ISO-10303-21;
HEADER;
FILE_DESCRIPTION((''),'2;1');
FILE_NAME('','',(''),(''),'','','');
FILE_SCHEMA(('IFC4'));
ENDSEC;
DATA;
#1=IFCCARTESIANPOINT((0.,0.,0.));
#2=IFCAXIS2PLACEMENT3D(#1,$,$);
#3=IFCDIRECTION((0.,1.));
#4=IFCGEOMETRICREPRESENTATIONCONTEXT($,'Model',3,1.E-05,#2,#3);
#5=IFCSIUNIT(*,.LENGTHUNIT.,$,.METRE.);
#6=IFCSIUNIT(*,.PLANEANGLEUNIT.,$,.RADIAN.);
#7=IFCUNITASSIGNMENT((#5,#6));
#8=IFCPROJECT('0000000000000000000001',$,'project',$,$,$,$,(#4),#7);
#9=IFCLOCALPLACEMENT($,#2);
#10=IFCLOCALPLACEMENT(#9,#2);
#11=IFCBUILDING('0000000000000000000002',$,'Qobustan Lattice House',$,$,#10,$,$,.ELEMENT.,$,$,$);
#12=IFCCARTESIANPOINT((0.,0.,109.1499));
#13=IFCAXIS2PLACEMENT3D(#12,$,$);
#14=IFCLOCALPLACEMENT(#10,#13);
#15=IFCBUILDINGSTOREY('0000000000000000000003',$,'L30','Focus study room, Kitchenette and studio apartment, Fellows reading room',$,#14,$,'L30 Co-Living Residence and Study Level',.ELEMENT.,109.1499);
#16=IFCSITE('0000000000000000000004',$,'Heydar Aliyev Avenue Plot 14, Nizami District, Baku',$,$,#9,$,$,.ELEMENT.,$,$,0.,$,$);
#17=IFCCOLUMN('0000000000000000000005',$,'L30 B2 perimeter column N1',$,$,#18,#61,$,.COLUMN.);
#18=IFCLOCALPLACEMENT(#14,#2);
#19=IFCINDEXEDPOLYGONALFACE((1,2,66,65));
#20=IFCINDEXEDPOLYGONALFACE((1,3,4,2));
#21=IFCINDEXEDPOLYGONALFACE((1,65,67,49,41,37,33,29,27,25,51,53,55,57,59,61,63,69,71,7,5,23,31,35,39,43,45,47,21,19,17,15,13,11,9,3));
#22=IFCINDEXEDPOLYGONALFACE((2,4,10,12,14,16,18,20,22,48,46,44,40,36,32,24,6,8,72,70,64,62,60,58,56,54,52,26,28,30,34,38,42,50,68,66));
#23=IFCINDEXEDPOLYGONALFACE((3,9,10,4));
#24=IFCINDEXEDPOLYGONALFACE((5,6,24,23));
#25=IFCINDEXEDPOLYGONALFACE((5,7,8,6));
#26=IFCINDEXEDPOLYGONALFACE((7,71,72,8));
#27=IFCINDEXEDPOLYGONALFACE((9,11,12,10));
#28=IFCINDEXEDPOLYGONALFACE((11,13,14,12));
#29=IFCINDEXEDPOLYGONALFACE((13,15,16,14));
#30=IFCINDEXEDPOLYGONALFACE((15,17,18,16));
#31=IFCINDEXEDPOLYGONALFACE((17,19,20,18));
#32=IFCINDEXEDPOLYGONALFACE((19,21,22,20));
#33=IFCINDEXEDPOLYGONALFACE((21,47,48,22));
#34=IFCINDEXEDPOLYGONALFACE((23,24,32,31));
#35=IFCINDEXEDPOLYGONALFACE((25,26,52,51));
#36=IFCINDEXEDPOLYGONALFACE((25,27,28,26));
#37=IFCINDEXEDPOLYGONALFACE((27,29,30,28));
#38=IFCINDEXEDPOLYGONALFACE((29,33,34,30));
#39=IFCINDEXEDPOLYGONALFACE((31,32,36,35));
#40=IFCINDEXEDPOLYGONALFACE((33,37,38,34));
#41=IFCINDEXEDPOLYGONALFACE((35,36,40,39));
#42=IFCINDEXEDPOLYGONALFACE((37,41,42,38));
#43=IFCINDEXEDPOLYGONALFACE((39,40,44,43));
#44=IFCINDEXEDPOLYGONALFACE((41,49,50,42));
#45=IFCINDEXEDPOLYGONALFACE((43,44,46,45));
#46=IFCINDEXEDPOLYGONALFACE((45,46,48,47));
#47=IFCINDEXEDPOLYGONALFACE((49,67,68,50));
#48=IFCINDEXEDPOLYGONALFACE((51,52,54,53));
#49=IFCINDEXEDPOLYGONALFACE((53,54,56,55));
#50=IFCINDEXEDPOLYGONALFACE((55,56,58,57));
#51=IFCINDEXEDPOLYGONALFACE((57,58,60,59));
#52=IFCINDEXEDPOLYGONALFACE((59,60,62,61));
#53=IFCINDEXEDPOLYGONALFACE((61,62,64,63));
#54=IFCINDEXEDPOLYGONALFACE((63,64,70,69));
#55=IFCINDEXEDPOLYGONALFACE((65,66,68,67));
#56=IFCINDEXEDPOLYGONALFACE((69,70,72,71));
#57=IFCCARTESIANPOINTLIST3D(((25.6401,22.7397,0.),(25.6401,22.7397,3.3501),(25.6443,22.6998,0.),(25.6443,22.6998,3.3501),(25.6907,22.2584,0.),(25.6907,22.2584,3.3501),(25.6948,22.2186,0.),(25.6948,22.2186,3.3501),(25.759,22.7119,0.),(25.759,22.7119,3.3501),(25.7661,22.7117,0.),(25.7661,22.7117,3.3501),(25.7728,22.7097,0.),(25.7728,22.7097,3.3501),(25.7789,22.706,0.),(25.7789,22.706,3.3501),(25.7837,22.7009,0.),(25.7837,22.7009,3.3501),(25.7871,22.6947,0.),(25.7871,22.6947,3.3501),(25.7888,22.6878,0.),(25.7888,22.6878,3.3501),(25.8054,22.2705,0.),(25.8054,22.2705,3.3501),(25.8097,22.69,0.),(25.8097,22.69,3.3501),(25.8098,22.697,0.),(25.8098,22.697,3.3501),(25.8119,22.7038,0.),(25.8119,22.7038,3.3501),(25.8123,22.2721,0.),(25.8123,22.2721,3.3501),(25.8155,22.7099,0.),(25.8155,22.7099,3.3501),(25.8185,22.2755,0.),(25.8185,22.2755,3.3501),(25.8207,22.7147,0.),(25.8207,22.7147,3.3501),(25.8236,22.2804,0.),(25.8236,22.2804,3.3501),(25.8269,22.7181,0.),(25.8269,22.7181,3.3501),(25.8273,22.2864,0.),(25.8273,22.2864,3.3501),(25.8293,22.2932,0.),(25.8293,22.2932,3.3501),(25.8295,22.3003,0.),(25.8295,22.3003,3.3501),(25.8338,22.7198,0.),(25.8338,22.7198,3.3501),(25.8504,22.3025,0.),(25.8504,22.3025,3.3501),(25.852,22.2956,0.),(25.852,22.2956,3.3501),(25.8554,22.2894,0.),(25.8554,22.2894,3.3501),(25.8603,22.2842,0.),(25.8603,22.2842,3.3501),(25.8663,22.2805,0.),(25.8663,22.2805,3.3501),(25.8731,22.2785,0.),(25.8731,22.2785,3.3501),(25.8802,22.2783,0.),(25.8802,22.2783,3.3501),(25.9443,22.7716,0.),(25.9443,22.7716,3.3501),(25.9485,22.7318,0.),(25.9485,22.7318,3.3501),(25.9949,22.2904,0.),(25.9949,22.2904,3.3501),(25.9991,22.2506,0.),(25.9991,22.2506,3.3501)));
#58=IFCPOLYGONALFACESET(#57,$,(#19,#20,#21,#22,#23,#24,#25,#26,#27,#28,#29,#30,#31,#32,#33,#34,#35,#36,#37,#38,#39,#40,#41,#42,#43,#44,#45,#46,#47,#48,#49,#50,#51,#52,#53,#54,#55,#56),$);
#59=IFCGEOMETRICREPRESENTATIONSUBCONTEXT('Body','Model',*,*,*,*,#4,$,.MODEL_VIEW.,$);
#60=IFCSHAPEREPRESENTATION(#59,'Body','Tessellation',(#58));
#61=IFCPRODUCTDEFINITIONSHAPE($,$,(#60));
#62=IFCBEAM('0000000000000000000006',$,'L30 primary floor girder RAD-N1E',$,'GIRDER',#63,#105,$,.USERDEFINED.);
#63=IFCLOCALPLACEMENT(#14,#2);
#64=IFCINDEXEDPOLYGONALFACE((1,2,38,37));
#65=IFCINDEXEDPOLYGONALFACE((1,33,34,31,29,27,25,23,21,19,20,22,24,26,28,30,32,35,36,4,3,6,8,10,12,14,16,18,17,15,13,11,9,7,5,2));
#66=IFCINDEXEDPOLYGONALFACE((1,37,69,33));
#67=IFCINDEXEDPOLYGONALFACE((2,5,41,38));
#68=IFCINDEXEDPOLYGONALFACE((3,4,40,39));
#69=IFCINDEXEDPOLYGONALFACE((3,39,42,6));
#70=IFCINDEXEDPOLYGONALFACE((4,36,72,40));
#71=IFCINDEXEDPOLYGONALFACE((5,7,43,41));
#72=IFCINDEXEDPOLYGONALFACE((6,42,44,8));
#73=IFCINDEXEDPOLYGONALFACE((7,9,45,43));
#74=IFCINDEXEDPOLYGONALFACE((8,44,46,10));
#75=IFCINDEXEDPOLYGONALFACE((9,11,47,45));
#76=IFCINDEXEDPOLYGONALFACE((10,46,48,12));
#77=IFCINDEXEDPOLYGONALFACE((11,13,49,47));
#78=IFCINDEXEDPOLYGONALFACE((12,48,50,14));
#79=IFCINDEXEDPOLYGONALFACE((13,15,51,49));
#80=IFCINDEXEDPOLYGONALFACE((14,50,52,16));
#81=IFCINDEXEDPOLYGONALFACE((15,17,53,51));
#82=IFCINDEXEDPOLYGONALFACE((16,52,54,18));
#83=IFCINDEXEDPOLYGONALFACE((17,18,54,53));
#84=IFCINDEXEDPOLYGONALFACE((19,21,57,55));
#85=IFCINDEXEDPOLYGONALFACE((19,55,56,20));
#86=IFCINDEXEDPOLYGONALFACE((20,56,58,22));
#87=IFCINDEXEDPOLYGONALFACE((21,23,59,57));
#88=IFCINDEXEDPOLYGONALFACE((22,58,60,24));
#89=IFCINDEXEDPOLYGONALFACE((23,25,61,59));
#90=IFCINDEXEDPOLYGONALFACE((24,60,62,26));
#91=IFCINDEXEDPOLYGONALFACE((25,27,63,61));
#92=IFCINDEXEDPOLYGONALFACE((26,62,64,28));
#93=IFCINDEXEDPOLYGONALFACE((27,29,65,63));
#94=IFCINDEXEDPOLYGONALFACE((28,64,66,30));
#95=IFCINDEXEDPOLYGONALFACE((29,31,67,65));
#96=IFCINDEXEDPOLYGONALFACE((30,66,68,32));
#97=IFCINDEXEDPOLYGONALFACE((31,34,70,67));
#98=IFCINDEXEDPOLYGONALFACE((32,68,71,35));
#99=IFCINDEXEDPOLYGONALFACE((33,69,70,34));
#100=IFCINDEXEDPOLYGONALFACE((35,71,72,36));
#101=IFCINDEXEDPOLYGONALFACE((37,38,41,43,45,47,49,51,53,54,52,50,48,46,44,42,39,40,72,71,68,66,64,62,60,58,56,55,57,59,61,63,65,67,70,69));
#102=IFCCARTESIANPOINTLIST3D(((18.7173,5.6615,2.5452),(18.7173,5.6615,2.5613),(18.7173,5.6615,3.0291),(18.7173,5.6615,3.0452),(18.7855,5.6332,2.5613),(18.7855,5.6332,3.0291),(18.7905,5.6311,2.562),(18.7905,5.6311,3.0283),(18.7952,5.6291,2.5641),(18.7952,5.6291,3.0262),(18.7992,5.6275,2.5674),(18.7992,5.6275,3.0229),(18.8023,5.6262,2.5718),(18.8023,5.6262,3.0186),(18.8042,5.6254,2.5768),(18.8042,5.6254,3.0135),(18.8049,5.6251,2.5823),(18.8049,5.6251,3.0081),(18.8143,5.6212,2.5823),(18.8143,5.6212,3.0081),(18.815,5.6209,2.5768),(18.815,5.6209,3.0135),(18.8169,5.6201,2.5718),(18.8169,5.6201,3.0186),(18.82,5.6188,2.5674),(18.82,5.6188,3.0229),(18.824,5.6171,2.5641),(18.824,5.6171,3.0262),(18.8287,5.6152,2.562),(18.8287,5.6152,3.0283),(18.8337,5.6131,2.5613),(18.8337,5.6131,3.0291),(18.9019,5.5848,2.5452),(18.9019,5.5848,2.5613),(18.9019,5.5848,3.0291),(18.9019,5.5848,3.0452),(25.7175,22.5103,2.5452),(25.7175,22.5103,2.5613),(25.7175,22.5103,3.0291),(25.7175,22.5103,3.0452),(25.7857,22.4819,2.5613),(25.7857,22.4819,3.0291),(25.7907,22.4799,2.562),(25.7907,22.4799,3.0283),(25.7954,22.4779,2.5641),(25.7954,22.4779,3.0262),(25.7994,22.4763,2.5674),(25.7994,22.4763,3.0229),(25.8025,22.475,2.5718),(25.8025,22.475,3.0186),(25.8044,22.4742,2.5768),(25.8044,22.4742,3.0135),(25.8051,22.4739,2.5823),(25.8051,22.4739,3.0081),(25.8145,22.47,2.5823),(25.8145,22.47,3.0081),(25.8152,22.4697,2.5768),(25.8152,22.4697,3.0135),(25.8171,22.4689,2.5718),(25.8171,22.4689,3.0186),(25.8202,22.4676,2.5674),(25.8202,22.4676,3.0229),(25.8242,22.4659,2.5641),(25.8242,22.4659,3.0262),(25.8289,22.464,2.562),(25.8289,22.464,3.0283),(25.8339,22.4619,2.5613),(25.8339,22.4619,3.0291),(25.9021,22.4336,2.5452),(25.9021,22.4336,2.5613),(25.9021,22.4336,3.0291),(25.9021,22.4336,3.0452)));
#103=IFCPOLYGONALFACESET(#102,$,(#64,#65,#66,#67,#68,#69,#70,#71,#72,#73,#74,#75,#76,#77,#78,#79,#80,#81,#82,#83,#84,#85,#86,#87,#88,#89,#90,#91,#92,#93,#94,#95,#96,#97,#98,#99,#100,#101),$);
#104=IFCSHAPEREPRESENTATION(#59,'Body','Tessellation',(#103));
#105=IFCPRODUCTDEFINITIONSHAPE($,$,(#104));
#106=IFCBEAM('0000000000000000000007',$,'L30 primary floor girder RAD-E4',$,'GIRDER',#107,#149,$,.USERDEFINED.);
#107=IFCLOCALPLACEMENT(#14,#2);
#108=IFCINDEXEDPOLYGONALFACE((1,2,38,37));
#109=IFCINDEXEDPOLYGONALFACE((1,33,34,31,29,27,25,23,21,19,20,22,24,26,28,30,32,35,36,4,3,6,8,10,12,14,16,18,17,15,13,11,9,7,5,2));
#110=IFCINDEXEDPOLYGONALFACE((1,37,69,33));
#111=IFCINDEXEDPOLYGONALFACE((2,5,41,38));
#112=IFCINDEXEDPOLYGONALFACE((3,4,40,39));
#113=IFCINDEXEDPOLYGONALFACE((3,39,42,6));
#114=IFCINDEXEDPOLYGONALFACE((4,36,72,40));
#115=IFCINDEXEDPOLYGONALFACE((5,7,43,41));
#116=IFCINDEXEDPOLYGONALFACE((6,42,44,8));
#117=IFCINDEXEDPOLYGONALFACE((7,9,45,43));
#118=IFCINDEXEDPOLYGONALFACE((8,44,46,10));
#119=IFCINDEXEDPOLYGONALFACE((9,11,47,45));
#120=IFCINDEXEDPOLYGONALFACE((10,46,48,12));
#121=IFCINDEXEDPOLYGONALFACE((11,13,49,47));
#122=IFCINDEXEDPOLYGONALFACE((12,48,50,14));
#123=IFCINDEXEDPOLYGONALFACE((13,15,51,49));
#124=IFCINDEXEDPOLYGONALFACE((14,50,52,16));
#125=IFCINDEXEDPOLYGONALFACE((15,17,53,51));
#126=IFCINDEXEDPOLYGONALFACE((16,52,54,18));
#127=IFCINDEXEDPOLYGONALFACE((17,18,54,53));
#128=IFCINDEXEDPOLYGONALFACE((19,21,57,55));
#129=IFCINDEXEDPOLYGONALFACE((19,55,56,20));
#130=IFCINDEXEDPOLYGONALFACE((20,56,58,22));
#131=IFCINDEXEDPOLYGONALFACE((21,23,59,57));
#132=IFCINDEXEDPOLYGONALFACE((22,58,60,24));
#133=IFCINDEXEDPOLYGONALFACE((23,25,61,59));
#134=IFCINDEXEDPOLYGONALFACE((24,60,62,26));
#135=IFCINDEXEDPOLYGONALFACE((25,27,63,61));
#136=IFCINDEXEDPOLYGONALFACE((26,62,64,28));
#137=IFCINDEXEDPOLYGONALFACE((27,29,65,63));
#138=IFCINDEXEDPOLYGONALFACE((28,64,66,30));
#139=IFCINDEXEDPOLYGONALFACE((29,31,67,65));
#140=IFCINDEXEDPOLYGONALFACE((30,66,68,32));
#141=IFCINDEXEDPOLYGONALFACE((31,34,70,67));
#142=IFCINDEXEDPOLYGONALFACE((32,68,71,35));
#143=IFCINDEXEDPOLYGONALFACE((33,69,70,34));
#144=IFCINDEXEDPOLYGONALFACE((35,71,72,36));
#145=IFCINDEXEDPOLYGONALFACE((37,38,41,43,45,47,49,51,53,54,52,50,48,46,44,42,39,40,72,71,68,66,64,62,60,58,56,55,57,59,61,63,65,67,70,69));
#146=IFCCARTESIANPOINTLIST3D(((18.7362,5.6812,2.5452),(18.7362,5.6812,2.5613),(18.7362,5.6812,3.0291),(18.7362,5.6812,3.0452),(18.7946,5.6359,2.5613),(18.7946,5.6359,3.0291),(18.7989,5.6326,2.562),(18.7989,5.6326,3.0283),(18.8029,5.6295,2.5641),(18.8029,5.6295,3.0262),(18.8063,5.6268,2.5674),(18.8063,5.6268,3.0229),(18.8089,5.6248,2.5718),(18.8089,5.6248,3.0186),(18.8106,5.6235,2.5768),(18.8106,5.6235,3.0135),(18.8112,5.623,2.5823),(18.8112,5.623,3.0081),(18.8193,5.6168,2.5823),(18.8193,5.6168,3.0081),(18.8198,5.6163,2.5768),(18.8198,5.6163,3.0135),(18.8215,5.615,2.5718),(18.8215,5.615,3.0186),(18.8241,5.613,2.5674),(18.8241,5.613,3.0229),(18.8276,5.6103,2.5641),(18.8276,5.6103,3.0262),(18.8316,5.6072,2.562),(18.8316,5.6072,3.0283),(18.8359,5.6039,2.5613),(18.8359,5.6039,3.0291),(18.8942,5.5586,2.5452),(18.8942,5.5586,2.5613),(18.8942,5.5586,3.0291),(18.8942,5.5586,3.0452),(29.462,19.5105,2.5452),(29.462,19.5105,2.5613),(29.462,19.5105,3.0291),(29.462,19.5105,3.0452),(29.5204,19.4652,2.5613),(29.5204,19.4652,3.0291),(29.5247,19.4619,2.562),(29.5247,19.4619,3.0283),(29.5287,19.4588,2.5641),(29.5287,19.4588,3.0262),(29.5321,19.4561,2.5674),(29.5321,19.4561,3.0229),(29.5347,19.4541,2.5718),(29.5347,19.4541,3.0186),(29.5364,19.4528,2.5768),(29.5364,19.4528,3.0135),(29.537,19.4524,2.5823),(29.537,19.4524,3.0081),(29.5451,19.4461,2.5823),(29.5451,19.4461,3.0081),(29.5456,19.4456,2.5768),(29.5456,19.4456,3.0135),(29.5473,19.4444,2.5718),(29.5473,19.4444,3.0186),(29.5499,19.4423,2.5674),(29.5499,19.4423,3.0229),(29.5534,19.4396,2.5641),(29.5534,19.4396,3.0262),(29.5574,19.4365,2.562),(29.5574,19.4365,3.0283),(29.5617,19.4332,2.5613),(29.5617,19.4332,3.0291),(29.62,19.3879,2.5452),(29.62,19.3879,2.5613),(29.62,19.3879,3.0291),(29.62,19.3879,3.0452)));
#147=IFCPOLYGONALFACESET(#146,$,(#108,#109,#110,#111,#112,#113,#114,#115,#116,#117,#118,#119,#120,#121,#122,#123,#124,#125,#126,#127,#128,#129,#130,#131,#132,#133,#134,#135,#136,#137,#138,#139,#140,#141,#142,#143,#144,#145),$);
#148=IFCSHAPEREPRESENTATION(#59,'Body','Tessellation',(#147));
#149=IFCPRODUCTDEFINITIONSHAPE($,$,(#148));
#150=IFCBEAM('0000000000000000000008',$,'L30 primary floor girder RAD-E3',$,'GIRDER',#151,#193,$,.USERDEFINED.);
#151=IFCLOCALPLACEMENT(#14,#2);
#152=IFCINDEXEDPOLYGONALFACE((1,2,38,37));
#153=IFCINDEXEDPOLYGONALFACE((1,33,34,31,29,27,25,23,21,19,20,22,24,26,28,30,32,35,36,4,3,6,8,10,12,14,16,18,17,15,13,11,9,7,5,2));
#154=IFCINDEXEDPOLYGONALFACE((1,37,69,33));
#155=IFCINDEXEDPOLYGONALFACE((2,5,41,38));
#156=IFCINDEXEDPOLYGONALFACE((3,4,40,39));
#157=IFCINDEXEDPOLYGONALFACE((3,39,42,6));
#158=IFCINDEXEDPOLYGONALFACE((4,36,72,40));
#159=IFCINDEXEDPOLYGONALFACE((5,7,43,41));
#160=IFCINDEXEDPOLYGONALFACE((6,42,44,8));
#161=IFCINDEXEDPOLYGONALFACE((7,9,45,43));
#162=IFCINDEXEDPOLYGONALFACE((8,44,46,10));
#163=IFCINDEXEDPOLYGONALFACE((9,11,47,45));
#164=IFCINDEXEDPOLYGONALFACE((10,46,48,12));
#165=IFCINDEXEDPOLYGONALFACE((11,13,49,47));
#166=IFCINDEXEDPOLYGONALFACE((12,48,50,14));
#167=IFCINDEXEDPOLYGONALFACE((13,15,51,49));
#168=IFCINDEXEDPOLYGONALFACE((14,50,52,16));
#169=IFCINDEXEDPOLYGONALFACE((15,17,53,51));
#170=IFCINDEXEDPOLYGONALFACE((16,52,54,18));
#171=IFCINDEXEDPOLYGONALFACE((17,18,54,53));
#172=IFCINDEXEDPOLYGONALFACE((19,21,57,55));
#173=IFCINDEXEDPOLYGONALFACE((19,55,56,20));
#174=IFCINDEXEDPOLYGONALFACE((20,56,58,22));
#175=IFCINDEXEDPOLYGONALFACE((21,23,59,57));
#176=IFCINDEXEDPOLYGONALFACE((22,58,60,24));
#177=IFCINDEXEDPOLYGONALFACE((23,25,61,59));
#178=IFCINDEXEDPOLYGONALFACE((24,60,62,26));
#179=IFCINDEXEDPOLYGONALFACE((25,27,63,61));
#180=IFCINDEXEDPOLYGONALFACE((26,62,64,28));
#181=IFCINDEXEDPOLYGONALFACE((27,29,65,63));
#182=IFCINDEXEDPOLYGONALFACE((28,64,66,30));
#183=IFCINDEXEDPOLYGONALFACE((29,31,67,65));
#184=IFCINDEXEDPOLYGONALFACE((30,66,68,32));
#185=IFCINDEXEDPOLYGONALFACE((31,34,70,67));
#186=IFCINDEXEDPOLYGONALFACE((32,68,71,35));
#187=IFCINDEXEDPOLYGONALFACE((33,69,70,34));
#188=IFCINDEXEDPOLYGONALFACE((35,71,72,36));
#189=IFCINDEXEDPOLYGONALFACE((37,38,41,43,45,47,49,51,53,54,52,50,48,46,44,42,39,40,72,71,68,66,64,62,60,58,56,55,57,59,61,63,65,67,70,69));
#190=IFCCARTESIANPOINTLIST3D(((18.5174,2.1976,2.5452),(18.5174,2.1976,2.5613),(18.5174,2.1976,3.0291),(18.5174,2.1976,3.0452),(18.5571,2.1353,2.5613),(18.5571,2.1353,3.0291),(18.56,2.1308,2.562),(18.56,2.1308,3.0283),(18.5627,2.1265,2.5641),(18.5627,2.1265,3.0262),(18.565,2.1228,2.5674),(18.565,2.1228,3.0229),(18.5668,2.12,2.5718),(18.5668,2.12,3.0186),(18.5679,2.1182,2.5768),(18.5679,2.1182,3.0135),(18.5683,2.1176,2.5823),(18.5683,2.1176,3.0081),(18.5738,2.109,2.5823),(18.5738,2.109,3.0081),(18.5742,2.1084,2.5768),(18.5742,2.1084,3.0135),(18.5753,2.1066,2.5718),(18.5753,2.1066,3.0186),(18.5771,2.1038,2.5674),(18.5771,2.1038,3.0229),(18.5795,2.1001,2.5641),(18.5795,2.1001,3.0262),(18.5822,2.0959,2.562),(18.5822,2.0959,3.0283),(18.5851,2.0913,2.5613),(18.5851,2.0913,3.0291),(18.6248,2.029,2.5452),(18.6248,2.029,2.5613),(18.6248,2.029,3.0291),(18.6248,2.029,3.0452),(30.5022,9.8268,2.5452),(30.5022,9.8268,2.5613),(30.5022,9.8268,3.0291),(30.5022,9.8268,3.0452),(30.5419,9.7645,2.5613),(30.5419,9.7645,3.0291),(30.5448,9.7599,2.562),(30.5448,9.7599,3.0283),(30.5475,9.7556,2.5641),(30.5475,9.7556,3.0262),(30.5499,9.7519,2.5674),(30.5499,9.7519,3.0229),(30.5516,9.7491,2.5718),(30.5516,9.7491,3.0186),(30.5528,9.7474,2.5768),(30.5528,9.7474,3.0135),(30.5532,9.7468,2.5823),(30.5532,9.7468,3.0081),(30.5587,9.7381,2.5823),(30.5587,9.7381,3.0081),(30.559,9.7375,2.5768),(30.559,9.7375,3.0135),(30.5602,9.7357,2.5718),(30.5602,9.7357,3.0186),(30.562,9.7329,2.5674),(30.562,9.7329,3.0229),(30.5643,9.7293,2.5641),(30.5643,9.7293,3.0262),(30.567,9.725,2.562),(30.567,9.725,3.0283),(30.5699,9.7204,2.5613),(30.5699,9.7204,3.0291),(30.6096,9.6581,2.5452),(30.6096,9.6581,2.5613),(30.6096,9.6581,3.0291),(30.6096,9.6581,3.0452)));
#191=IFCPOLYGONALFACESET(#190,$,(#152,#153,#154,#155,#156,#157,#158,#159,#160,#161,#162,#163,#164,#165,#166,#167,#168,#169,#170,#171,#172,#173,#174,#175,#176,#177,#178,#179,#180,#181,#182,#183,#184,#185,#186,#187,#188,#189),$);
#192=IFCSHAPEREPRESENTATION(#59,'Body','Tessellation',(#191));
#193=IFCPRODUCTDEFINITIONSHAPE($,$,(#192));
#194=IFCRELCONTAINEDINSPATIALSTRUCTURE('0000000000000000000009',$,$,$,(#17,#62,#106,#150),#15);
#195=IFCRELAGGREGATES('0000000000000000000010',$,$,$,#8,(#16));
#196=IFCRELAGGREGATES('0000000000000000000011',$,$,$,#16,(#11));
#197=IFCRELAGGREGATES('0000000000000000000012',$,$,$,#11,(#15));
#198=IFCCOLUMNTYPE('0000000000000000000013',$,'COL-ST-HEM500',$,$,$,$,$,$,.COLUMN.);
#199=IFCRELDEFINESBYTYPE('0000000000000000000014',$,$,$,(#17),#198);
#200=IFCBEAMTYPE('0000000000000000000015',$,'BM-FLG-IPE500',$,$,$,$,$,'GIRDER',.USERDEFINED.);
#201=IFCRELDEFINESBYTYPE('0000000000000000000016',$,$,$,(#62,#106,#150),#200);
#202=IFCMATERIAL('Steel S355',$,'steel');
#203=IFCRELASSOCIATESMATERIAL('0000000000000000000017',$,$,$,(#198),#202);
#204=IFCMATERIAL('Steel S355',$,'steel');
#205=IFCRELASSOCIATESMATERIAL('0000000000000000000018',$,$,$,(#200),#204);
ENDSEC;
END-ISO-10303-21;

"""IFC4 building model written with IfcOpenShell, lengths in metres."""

from ifc_helpers import new_model, si_unit, direction, frame, origin, origin_2d, place, context, subcontext, project, spatial, i_section, extrude, material, material_profile, profile_set, type_object, element, save


model = new_model("IFC4")

# Units and contexts
model_context = context("Model", 3, precision=1e-05, world=origin(), true_north=direction((0.0, 1.0)))
body_context = subcontext(model_context, "Body", "Model", "MODEL_VIEW")
ifc_project = project(units=[si_unit("LENGTHUNIT", "METRE"), si_unit("PLANEANGLEUNIT", "RADIAN")], contexts=[model_context])

# Site, building, storey
site_placement = place(None, origin())
site = spatial("IfcSite", under=ifc_project, at=site_placement, Name="Heydar Aliyev Avenue Plot 14, Nizami District, Baku", CompositionType="ELEMENT", RefElevation=0.0)
building_placement = place(site_placement, origin())
building = spatial("IfcBuilding", under=site, at=building_placement, Name="Qobustan Lattice House", CompositionType="ELEMENT")
storey_placement = place(building_placement, frame((0.0, 0.0, 109.1499)))
storey = spatial("IfcBuildingStorey", under=building, at=storey_placement, Name="L30", Description="Focus study room, Kitchenette and studio apartment, Fellows reading room", LongName="L30 Co-Living Residence and Study Level", CompositionType="ELEMENT", Elevation=109.1499)

# Column
ifc_material_1 = material(Name="Steel S355", Category="steel")
ifc_material_profile_1 = material_profile(ifc_material_1, i_section(OverallWidth=0.3059, OverallDepth=0.5239, WebThickness=0.021, FlangeThickness=0.04, FilletRadius=0.0271, at=origin_2d()), Name="HEM500")
ifc_profile_set_1 = profile_set([ifc_material_profile_1], Name="Steel S355")
column_type_1 = type_object("IfcColumnType", Name="COL-ST-HEM500", PredefinedType="COLUMN", material=ifc_profile_set_1)
column_1_placement = place(storey_placement, frame((25.8196, 22.4951, 0.0), z_axis=(0.0, 0.0, 1.0), x_axis=(0.994522, 0.104528, 0.0)))
element("IfcColumn", 1, at=column_1_placement, inside=storey, type_object=column_type_1, Name="L30 B2 perimeter column N1", PredefinedType="COLUMN", context=body_context, shape_type="SweptSolid", body=[
    extrude(i_section(OverallWidth=0.3059, OverallDepth=0.5239, WebThickness=0.021, FlangeThickness=0.04, FilletRadius=0.0271, at=origin_2d()), origin(), (0.0, 0.0, 1.0), 3.3501),
])

# Beams
ifc_material_2 = material(Name="Steel S355", Category="steel")
ifc_material_profile_2 = material_profile(ifc_material_2, i_section(OverallWidth=0.2, OverallDepth=0.5, WebThickness=0.0103, FlangeThickness=0.0161, FilletRadius=0.021, at=origin_2d()), Name="IPE500")
ifc_profile_set_2 = profile_set([ifc_material_profile_2], Name="Steel S355")
beam_type_1 = type_object("IfcBeamType", Name="BM-FLG-IPE500", ElementType="GIRDER", PredefinedType="USERDEFINED", material=ifc_profile_set_2)
beam_1_placement = place(storey_placement, frame((25.8098, 22.4719, 2.7952), z_axis=(-0.383676, -0.923468, 0.0), x_axis=(0.923468, -0.383676, 0.0)))
element("IfcBeam", 2, at=beam_1_placement, inside=storey, type_object=beam_type_1, Name="L30 primary floor girder RAD-N1E", ObjectType="GIRDER", PredefinedType="USERDEFINED", context=body_context, shape_type="SweptSolid", body=[
    extrude(i_section(OverallWidth=0.2, OverallDepth=0.5, WebThickness=0.0103, FlangeThickness=0.0161, FilletRadius=0.021, at=origin_2d()), origin(), (0.0, 0.0, 1.0), 18.2451),
])
beam_2_placement = place(storey_placement, frame((29.541, 19.4492, 2.7952), z_axis=(-0.61286, -0.790191, 0.0), x_axis=(0.790191, -0.61286, 0.0)))
element("IfcBeam", 3, at=beam_2_placement, inside=storey, type_object=beam_type_1, Name="L30 primary floor girder RAD-E4", ObjectType="GIRDER", PredefinedType="USERDEFINED", context=body_context, shape_type="SweptSolid", body=[
    extrude(i_section(OverallWidth=0.2, OverallDepth=0.5, WebThickness=0.0103, FlangeThickness=0.0161, FilletRadius=0.021, at=origin_2d()), origin(), (0.0, 0.0, 1.0), 17.5012),
])
beam_3_placement = place(storey_placement, frame((30.5559, 9.7424, 2.7952), z_axis=(-0.843584, -0.536997, 0.0), x_axis=(0.536997, -0.843584, 0.0)))
element("IfcBeam", 4, at=beam_3_placement, inside=storey, type_object=beam_type_1, Name="L30 primary floor girder RAD-E3", ObjectType="GIRDER", PredefinedType="USERDEFINED", context=body_context, shape_type="SweptSolid", body=[
    extrude(i_section(OverallWidth=0.2, OverallDepth=0.5, WebThickness=0.0103, FlangeThickness=0.0161, FilletRadius=0.021, at=origin_2d()), origin(), (0.0, 0.0, 1.0), 14.207),
])

save(model, "model.ifc")
